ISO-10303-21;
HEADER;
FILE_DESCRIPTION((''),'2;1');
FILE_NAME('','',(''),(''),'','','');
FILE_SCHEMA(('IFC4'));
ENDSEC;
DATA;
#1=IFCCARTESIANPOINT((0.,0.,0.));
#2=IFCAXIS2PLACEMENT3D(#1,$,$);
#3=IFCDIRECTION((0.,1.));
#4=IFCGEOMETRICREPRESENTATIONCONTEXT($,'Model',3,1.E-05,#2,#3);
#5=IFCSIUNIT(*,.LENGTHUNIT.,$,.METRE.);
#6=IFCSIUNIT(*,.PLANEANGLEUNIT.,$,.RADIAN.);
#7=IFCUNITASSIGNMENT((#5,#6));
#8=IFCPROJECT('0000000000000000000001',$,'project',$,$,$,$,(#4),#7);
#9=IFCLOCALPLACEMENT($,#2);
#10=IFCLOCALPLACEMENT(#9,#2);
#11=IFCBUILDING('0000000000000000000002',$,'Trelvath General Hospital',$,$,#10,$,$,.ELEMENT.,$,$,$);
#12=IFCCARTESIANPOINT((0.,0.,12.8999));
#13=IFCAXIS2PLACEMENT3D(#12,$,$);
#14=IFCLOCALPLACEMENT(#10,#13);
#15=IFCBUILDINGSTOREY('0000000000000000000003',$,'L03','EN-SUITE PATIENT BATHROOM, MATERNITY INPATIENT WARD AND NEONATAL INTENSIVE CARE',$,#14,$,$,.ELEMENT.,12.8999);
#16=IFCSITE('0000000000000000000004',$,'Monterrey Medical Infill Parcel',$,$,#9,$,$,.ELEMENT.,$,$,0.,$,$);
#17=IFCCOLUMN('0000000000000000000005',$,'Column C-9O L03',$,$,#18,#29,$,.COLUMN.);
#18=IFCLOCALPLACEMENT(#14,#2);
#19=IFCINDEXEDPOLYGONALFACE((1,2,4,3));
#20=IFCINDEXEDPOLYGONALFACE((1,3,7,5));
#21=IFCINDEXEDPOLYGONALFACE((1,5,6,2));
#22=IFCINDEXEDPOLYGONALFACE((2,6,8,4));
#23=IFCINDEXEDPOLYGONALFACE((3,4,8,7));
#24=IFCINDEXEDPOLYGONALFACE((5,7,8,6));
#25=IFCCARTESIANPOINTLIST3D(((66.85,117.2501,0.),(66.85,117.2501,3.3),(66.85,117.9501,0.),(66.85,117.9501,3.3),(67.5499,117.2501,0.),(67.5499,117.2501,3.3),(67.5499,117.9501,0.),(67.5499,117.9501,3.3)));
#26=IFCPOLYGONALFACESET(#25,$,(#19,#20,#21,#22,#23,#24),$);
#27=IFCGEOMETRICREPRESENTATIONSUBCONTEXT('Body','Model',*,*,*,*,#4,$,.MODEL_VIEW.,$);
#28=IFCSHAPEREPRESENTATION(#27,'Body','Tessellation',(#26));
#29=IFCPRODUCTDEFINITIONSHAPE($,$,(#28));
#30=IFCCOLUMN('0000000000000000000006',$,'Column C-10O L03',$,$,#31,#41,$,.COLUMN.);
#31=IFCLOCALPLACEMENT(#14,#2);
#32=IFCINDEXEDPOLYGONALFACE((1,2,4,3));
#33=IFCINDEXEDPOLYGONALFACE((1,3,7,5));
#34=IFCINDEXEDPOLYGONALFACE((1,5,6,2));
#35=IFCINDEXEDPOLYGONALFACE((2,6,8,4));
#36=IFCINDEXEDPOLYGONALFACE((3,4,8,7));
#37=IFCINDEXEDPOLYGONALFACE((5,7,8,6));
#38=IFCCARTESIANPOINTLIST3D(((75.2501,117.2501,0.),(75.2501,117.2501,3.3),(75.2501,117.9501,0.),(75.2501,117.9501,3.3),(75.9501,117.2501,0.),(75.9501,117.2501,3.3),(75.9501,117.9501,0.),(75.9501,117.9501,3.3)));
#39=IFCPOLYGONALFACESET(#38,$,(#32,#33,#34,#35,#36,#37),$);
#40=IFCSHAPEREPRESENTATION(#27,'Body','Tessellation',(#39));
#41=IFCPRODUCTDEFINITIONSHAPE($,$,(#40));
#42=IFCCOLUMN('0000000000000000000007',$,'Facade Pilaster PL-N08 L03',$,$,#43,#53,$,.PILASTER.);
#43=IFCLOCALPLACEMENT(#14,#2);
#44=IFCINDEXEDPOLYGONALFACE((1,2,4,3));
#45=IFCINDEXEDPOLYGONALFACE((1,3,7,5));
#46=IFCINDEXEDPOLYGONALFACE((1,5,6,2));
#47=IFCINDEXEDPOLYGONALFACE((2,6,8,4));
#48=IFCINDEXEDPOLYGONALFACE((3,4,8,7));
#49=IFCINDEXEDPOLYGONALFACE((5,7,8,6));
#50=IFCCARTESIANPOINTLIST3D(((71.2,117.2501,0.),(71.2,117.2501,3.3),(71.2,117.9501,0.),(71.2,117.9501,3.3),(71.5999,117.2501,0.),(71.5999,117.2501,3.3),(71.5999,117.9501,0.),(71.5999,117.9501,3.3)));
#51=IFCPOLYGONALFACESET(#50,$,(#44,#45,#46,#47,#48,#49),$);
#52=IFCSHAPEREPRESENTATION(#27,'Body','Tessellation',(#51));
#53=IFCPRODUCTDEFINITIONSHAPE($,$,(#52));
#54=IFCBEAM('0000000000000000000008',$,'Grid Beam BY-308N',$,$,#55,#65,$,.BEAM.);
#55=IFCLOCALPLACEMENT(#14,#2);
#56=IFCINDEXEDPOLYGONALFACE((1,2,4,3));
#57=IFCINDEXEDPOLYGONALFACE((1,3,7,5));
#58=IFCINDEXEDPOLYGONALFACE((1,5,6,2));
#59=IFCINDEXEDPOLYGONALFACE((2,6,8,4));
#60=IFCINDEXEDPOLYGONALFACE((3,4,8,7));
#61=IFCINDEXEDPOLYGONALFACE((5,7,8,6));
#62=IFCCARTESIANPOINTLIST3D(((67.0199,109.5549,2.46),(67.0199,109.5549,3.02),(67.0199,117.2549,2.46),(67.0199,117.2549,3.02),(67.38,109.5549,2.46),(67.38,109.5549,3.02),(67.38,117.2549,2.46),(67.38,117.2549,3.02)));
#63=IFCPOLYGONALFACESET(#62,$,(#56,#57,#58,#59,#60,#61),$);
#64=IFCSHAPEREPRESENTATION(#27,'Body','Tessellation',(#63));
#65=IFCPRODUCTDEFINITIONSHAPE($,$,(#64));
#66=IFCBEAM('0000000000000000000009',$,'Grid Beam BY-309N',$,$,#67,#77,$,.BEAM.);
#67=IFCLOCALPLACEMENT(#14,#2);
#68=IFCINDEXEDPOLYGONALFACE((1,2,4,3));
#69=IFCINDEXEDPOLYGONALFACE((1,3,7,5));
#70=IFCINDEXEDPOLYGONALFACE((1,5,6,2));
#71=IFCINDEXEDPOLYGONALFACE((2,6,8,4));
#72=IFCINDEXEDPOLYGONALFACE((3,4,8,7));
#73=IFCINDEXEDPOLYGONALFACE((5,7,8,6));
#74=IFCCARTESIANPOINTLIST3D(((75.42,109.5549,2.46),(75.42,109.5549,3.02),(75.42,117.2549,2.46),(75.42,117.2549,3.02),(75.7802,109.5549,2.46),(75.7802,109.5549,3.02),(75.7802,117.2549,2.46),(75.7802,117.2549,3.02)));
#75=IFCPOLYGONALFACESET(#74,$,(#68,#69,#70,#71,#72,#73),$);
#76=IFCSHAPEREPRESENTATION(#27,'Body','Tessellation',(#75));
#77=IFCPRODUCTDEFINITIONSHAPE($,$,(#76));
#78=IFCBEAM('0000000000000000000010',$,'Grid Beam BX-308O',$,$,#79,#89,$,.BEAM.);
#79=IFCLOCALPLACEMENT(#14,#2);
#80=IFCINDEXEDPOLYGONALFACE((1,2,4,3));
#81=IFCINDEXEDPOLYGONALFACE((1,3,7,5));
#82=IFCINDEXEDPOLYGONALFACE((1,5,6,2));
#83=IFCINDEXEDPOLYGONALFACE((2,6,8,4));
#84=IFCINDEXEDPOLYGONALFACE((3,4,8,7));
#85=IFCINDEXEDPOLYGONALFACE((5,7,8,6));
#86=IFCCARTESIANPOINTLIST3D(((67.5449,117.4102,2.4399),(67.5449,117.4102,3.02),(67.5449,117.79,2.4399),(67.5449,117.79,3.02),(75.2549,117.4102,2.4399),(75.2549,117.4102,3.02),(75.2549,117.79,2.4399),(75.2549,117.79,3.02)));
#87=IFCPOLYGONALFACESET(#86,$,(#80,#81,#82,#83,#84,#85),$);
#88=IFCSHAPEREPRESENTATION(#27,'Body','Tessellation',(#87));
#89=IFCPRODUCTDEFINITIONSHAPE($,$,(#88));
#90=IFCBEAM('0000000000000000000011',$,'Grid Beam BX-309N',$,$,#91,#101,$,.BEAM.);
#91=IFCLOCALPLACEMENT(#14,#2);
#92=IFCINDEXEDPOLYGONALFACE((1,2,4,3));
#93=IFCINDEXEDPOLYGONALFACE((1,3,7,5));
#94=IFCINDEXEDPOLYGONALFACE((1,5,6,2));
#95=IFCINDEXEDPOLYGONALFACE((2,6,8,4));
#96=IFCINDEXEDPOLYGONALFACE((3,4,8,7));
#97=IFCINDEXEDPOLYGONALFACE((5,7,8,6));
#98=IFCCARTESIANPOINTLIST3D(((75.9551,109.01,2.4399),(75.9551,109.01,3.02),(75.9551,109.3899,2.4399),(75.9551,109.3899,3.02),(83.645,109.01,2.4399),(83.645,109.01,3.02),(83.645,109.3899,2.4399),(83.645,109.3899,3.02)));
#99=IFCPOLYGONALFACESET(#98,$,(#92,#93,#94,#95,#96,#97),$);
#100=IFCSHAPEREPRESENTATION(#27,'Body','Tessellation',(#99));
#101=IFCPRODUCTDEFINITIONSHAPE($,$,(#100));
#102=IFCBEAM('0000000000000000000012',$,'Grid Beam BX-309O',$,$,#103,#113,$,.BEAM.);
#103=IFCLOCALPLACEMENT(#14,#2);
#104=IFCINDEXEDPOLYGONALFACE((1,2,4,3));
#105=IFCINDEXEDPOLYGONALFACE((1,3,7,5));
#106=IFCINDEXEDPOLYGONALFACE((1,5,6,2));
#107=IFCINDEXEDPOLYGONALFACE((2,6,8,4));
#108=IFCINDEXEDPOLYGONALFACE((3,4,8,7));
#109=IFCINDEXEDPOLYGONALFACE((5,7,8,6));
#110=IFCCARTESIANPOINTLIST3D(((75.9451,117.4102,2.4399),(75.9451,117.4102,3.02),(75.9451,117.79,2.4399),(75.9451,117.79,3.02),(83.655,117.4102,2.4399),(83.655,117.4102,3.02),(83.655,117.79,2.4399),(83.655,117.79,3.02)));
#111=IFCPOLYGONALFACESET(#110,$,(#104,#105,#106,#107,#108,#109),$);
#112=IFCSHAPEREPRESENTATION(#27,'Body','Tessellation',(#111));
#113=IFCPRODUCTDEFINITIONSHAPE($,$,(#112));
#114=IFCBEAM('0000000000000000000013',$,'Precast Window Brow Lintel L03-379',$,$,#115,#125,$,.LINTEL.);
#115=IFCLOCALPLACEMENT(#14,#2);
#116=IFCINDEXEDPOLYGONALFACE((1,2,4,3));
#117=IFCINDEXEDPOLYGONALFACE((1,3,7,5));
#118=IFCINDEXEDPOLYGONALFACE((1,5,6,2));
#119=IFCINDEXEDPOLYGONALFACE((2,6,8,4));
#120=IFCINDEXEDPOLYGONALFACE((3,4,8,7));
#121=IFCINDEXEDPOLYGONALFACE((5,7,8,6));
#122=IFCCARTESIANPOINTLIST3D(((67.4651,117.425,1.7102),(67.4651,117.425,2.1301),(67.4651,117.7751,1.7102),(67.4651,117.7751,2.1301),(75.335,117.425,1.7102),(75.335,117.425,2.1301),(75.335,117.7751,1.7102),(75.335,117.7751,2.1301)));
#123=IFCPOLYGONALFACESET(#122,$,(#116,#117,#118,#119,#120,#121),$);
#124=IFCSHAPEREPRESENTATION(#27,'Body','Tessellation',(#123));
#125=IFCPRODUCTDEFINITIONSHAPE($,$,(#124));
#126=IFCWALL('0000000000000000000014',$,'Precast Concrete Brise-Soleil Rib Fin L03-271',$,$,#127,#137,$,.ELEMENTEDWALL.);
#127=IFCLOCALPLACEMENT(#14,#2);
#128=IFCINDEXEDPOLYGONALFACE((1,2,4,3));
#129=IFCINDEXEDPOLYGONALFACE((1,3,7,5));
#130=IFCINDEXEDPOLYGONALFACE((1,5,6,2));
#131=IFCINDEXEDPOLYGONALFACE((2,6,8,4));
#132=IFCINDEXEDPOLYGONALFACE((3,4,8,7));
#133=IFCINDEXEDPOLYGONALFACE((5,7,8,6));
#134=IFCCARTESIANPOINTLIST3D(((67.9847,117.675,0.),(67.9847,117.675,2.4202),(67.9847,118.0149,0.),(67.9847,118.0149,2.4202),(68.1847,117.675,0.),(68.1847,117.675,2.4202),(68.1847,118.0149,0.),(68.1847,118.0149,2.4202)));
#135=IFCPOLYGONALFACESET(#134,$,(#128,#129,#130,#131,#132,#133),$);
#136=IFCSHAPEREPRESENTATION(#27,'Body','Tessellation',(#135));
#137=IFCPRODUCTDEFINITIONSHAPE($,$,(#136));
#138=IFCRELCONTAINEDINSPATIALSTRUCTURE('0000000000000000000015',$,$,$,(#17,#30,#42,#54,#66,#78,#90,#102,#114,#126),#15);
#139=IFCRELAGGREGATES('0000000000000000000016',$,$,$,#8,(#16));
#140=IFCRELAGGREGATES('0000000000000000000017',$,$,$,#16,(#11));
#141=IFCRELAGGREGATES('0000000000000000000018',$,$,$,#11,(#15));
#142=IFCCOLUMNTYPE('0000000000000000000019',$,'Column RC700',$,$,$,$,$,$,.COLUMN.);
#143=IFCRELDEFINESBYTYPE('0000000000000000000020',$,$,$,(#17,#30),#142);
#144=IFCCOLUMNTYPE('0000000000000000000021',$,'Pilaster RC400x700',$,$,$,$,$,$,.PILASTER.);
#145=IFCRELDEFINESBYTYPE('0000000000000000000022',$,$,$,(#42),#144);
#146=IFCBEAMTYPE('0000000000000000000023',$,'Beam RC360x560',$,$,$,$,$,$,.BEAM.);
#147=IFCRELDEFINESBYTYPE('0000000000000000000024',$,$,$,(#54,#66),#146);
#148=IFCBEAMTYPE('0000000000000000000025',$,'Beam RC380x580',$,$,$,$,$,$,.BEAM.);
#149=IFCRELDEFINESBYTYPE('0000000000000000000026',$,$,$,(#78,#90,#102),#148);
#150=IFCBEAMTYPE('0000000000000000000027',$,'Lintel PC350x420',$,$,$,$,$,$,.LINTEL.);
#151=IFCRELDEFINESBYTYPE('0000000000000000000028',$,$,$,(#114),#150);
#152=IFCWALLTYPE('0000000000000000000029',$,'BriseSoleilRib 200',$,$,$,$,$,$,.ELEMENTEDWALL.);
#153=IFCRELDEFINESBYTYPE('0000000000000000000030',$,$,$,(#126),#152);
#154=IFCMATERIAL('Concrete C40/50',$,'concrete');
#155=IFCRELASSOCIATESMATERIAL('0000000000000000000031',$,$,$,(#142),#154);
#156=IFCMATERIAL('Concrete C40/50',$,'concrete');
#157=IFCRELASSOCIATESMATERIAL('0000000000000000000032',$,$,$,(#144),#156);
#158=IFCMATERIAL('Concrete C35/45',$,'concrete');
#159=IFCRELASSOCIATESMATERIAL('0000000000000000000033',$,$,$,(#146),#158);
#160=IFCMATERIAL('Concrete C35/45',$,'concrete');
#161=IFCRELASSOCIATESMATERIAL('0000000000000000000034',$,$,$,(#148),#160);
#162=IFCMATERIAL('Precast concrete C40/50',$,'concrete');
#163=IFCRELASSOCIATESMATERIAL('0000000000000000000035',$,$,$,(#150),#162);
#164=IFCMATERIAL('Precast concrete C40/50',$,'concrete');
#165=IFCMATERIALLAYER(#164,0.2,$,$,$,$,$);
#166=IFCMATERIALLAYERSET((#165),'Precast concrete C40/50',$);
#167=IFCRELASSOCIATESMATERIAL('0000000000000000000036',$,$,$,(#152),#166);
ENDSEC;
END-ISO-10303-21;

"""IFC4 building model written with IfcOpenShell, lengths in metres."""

from ifc_helpers import new_model, si_unit, direction, frame, frame_2d, origin, origin_2d, place, context, subcontext, project, spatial, rectangle, extrude, material, layer, layer_set, material_profile, profile_set, type_object, element, save


model = new_model("IFC4")

# Units and contexts
model_context = context("Model", 3, precision=1e-05, world=origin(), true_north=direction((0.0, 1.0)))
body_context = subcontext(model_context, "Body", "Model", "MODEL_VIEW")
ifc_project = project(units=[si_unit("LENGTHUNIT", "METRE"), si_unit("PLANEANGLEUNIT", "RADIAN")], contexts=[model_context])

# Site, building, storey
site_placement = place(None, origin())
site = spatial("IfcSite", under=ifc_project, at=site_placement, Name="Monterrey Medical Infill Parcel", CompositionType="ELEMENT", RefElevation=0.0)
building_placement = place(site_placement, origin())
building = spatial("IfcBuilding", under=site, at=building_placement, Name="Trelvath General Hospital", CompositionType="ELEMENT")
storey_placement = place(building_placement, frame((0.0, 0.0, 12.8999)))
storey = spatial("IfcBuildingStorey", under=building, at=storey_placement, Name="L03", Description="EN-SUITE PATIENT BATHROOM, MATERNITY INPATIENT WARD AND NEONATAL INTENSIVE CARE", CompositionType="ELEMENT", Elevation=12.8999)

# Columns
ifc_material_1 = material(Name="Concrete C40/50", Category="concrete")
ifc_material_profile_1 = material_profile(ifc_material_1, rectangle(XDim=0.7, YDim=0.7, at=origin_2d()), Name="RC700x700")
ifc_profile_set_1 = profile_set([ifc_material_profile_1], Name="Concrete C40/50")
column_type_1 = type_object("IfcColumnType", Name="Column RC700", PredefinedType="COLUMN", material=ifc_profile_set_1)
for number, where, z_axis, x_axis, name in (
    (1, (67.2, 117.6001, 0.0), (0.0, 0.0, 1.0), (1.0, 0.0, 0.0), "Column C-9O L03"),
    (2, (75.6001, 117.6001, 0.0), (0.0, 0.0, 1.0), (1.0, 0.0, 0.0), "Column C-10O L03"),
):
    element("IfcColumn", number, at=place(storey_placement, frame(where, z_axis=z_axis, x_axis=x_axis)), inside=storey, type_object=column_type_1, Name=name, PredefinedType="COLUMN", context=body_context, shape_type="SweptSolid", body=[
        extrude(rectangle(XDim=0.7, YDim=0.7, at=origin_2d()), origin(), (0.0, 0.0, 1.0), 3.3),
    ])
ifc_material_2 = material(Name="Concrete C40/50", Category="concrete")
ifc_material_profile_2 = material_profile(ifc_material_2, rectangle(XDim=0.3999, YDim=0.7, at=origin_2d()), Name="RC400x700")
ifc_profile_set_2 = profile_set([ifc_material_profile_2], Name="Concrete C40/50")
column_type_2 = type_object("IfcColumnType", Name="Pilaster RC400x700", PredefinedType="PILASTER", material=ifc_profile_set_2)
column_placement = place(storey_placement, frame((71.3999, 117.6001, 0.0), z_axis=(0.0, 0.0, 1.0), x_axis=(1.0, 0.0, 0.0)))
element("IfcColumn", 3, at=column_placement, inside=storey, type_object=column_type_2, Name="Facade Pilaster PL-N08 L03", PredefinedType="PILASTER", context=body_context, shape_type="SweptSolid", body=[
    extrude(rectangle(XDim=0.3999, YDim=0.7, at=origin_2d()), origin(), (0.0, 0.0, 1.0), 3.3),
])

# Beams
ifc_material_3 = material(Name="Concrete C35/45", Category="concrete")
ifc_material_profile_3 = material_profile(ifc_material_3, rectangle(XDim=0.3601, YDim=0.5601, at=origin_2d()), Name="RCB360x560")
ifc_profile_set_3 = profile_set([ifc_material_profile_3], Name="Concrete C35/45")
beam_type_1 = type_object("IfcBeamType", Name="Beam RC360x560", PredefinedType="BEAM", material=ifc_profile_set_3)
for number, where, z_axis, x_axis, name in (
    (4, (67.2, 109.5549, 2.74), (0.0, 1.0, 0.0), (-1.0, 0.0, 0.0), "Grid Beam BY-308N"),
    (5, (75.6001, 109.5549, 2.74), (0.0, 1.0, 0.0), (-1.0, 0.0, 0.0), "Grid Beam BY-309N"),
):
    element("IfcBeam", number, at=place(storey_placement, frame(where, z_axis=z_axis, x_axis=x_axis)), inside=storey, type_object=beam_type_1, Name=name, PredefinedType="BEAM", context=body_context, shape_type="SweptSolid", body=[
        extrude(rectangle(XDim=0.3601, YDim=0.5601, at=origin_2d()), origin(), (0.0, 0.0, 1.0), 7.7),
    ])
ifc_material_4 = material(Name="Concrete C35/45", Category="concrete")
ifc_material_profile_4 = material_profile(ifc_material_4, rectangle(XDim=0.3799, YDim=0.5801, at=origin_2d()), Name="RCB380x580")
ifc_profile_set_4 = profile_set([ifc_material_profile_4], Name="Concrete C35/45")
beam_type_2 = type_object("IfcBeamType", Name="Beam RC380x580", PredefinedType="BEAM", material=ifc_profile_set_4)
beam_1_placement = place(storey_placement, frame((67.5449, 117.6001, 2.73), z_axis=(1.0, 0.0, 0.0), x_axis=(0.0, 1.0, 0.0)))
element("IfcBeam", 6, at=beam_1_placement, inside=storey, type_object=beam_type_2, Name="Grid Beam BX-308O", PredefinedType="BEAM", context=body_context, shape_type="SweptSolid", body=[
    extrude(rectangle(XDim=0.3799, YDim=0.5801, at=origin_2d()), origin(), (0.0, 0.0, 1.0), 7.71),
])
beam_2_placement = place(storey_placement, frame((75.9551, 109.2, 2.73), z_axis=(1.0, 0.0, 0.0), x_axis=(0.0, 1.0, 0.0)))
element("IfcBeam", 7, at=beam_2_placement, inside=storey, type_object=beam_type_2, Name="Grid Beam BX-309N", PredefinedType="BEAM", context=body_context, shape_type="SweptSolid", body=[
    extrude(rectangle(XDim=0.3799, YDim=0.5801, at=origin_2d()), origin(), (0.0, 0.0, 1.0), 7.6899),
])
beam_3_placement = place(storey_placement, frame((75.9451, 117.6001, 2.73), z_axis=(1.0, 0.0, 0.0), x_axis=(0.0, 1.0, 0.0)))
element("IfcBeam", 8, at=beam_3_placement, inside=storey, type_object=beam_type_2, Name="Grid Beam BX-309O", PredefinedType="BEAM", context=body_context, shape_type="SweptSolid", body=[
    extrude(rectangle(XDim=0.3799, YDim=0.5801, at=origin_2d()), origin(), (0.0, 0.0, 1.0), 7.71),
])
ifc_material_5 = material(Name="Precast concrete C40/50", Category="concrete")
ifc_material_profile_5 = material_profile(ifc_material_5, rectangle(XDim=0.3501, YDim=0.4199, at=origin_2d()), Name="PCL350x420")
ifc_profile_set_5 = profile_set([ifc_material_profile_5], Name="Precast concrete C40/50")
beam_type_3 = type_object("IfcBeamType", Name="Lintel PC350x420", PredefinedType="LINTEL", material=ifc_profile_set_5)
beam_4_placement = place(storey_placement, frame((67.4651, 117.6001, 1.9202), z_axis=(1.0, 0.0, 0.0), x_axis=(0.0, 1.0, 0.0)))
element("IfcBeam", 9, at=beam_4_placement, inside=storey, type_object=beam_type_3, Name="Precast Window Brow Lintel L03-379", PredefinedType="LINTEL", context=body_context, shape_type="SweptSolid", body=[
    extrude(rectangle(XDim=0.3501, YDim=0.4199, at=origin_2d()), origin(), (0.0, 0.0, 1.0), 7.8699),
])

# Wall
ifc_material_6 = material(Name="Precast concrete C40/50", Category="concrete")
ifc_layer_1 = layer(ifc_material_6, 0.2)
ifc_layer_set_1 = layer_set([ifc_layer_1], Name="Precast concrete C40/50")
wall_type_1 = type_object("IfcWallType", Name="BriseSoleilRib 200", PredefinedType="ELEMENTEDWALL", material=ifc_layer_set_1)
wall_1_placement = place(storey_placement, frame((68.0847, 117.675, 0.0), z_axis=(0.0, 0.0, 1.0), x_axis=(0.0, 1.0, 0.0)))
element("IfcWall", 10, at=wall_1_placement, inside=storey, type_object=wall_type_1, Name="Precast Concrete Brise-Soleil Rib Fin L03-271", PredefinedType="ELEMENTEDWALL", context=body_context, shape_type="SweptSolid", body=[
    extrude(rectangle(XDim=0.3398, YDim=0.2, at=frame_2d((0.1699, 0.0))), origin(), (0.0, 0.0, 1.0), 2.4202),
])

save(model, "model.ifc")
